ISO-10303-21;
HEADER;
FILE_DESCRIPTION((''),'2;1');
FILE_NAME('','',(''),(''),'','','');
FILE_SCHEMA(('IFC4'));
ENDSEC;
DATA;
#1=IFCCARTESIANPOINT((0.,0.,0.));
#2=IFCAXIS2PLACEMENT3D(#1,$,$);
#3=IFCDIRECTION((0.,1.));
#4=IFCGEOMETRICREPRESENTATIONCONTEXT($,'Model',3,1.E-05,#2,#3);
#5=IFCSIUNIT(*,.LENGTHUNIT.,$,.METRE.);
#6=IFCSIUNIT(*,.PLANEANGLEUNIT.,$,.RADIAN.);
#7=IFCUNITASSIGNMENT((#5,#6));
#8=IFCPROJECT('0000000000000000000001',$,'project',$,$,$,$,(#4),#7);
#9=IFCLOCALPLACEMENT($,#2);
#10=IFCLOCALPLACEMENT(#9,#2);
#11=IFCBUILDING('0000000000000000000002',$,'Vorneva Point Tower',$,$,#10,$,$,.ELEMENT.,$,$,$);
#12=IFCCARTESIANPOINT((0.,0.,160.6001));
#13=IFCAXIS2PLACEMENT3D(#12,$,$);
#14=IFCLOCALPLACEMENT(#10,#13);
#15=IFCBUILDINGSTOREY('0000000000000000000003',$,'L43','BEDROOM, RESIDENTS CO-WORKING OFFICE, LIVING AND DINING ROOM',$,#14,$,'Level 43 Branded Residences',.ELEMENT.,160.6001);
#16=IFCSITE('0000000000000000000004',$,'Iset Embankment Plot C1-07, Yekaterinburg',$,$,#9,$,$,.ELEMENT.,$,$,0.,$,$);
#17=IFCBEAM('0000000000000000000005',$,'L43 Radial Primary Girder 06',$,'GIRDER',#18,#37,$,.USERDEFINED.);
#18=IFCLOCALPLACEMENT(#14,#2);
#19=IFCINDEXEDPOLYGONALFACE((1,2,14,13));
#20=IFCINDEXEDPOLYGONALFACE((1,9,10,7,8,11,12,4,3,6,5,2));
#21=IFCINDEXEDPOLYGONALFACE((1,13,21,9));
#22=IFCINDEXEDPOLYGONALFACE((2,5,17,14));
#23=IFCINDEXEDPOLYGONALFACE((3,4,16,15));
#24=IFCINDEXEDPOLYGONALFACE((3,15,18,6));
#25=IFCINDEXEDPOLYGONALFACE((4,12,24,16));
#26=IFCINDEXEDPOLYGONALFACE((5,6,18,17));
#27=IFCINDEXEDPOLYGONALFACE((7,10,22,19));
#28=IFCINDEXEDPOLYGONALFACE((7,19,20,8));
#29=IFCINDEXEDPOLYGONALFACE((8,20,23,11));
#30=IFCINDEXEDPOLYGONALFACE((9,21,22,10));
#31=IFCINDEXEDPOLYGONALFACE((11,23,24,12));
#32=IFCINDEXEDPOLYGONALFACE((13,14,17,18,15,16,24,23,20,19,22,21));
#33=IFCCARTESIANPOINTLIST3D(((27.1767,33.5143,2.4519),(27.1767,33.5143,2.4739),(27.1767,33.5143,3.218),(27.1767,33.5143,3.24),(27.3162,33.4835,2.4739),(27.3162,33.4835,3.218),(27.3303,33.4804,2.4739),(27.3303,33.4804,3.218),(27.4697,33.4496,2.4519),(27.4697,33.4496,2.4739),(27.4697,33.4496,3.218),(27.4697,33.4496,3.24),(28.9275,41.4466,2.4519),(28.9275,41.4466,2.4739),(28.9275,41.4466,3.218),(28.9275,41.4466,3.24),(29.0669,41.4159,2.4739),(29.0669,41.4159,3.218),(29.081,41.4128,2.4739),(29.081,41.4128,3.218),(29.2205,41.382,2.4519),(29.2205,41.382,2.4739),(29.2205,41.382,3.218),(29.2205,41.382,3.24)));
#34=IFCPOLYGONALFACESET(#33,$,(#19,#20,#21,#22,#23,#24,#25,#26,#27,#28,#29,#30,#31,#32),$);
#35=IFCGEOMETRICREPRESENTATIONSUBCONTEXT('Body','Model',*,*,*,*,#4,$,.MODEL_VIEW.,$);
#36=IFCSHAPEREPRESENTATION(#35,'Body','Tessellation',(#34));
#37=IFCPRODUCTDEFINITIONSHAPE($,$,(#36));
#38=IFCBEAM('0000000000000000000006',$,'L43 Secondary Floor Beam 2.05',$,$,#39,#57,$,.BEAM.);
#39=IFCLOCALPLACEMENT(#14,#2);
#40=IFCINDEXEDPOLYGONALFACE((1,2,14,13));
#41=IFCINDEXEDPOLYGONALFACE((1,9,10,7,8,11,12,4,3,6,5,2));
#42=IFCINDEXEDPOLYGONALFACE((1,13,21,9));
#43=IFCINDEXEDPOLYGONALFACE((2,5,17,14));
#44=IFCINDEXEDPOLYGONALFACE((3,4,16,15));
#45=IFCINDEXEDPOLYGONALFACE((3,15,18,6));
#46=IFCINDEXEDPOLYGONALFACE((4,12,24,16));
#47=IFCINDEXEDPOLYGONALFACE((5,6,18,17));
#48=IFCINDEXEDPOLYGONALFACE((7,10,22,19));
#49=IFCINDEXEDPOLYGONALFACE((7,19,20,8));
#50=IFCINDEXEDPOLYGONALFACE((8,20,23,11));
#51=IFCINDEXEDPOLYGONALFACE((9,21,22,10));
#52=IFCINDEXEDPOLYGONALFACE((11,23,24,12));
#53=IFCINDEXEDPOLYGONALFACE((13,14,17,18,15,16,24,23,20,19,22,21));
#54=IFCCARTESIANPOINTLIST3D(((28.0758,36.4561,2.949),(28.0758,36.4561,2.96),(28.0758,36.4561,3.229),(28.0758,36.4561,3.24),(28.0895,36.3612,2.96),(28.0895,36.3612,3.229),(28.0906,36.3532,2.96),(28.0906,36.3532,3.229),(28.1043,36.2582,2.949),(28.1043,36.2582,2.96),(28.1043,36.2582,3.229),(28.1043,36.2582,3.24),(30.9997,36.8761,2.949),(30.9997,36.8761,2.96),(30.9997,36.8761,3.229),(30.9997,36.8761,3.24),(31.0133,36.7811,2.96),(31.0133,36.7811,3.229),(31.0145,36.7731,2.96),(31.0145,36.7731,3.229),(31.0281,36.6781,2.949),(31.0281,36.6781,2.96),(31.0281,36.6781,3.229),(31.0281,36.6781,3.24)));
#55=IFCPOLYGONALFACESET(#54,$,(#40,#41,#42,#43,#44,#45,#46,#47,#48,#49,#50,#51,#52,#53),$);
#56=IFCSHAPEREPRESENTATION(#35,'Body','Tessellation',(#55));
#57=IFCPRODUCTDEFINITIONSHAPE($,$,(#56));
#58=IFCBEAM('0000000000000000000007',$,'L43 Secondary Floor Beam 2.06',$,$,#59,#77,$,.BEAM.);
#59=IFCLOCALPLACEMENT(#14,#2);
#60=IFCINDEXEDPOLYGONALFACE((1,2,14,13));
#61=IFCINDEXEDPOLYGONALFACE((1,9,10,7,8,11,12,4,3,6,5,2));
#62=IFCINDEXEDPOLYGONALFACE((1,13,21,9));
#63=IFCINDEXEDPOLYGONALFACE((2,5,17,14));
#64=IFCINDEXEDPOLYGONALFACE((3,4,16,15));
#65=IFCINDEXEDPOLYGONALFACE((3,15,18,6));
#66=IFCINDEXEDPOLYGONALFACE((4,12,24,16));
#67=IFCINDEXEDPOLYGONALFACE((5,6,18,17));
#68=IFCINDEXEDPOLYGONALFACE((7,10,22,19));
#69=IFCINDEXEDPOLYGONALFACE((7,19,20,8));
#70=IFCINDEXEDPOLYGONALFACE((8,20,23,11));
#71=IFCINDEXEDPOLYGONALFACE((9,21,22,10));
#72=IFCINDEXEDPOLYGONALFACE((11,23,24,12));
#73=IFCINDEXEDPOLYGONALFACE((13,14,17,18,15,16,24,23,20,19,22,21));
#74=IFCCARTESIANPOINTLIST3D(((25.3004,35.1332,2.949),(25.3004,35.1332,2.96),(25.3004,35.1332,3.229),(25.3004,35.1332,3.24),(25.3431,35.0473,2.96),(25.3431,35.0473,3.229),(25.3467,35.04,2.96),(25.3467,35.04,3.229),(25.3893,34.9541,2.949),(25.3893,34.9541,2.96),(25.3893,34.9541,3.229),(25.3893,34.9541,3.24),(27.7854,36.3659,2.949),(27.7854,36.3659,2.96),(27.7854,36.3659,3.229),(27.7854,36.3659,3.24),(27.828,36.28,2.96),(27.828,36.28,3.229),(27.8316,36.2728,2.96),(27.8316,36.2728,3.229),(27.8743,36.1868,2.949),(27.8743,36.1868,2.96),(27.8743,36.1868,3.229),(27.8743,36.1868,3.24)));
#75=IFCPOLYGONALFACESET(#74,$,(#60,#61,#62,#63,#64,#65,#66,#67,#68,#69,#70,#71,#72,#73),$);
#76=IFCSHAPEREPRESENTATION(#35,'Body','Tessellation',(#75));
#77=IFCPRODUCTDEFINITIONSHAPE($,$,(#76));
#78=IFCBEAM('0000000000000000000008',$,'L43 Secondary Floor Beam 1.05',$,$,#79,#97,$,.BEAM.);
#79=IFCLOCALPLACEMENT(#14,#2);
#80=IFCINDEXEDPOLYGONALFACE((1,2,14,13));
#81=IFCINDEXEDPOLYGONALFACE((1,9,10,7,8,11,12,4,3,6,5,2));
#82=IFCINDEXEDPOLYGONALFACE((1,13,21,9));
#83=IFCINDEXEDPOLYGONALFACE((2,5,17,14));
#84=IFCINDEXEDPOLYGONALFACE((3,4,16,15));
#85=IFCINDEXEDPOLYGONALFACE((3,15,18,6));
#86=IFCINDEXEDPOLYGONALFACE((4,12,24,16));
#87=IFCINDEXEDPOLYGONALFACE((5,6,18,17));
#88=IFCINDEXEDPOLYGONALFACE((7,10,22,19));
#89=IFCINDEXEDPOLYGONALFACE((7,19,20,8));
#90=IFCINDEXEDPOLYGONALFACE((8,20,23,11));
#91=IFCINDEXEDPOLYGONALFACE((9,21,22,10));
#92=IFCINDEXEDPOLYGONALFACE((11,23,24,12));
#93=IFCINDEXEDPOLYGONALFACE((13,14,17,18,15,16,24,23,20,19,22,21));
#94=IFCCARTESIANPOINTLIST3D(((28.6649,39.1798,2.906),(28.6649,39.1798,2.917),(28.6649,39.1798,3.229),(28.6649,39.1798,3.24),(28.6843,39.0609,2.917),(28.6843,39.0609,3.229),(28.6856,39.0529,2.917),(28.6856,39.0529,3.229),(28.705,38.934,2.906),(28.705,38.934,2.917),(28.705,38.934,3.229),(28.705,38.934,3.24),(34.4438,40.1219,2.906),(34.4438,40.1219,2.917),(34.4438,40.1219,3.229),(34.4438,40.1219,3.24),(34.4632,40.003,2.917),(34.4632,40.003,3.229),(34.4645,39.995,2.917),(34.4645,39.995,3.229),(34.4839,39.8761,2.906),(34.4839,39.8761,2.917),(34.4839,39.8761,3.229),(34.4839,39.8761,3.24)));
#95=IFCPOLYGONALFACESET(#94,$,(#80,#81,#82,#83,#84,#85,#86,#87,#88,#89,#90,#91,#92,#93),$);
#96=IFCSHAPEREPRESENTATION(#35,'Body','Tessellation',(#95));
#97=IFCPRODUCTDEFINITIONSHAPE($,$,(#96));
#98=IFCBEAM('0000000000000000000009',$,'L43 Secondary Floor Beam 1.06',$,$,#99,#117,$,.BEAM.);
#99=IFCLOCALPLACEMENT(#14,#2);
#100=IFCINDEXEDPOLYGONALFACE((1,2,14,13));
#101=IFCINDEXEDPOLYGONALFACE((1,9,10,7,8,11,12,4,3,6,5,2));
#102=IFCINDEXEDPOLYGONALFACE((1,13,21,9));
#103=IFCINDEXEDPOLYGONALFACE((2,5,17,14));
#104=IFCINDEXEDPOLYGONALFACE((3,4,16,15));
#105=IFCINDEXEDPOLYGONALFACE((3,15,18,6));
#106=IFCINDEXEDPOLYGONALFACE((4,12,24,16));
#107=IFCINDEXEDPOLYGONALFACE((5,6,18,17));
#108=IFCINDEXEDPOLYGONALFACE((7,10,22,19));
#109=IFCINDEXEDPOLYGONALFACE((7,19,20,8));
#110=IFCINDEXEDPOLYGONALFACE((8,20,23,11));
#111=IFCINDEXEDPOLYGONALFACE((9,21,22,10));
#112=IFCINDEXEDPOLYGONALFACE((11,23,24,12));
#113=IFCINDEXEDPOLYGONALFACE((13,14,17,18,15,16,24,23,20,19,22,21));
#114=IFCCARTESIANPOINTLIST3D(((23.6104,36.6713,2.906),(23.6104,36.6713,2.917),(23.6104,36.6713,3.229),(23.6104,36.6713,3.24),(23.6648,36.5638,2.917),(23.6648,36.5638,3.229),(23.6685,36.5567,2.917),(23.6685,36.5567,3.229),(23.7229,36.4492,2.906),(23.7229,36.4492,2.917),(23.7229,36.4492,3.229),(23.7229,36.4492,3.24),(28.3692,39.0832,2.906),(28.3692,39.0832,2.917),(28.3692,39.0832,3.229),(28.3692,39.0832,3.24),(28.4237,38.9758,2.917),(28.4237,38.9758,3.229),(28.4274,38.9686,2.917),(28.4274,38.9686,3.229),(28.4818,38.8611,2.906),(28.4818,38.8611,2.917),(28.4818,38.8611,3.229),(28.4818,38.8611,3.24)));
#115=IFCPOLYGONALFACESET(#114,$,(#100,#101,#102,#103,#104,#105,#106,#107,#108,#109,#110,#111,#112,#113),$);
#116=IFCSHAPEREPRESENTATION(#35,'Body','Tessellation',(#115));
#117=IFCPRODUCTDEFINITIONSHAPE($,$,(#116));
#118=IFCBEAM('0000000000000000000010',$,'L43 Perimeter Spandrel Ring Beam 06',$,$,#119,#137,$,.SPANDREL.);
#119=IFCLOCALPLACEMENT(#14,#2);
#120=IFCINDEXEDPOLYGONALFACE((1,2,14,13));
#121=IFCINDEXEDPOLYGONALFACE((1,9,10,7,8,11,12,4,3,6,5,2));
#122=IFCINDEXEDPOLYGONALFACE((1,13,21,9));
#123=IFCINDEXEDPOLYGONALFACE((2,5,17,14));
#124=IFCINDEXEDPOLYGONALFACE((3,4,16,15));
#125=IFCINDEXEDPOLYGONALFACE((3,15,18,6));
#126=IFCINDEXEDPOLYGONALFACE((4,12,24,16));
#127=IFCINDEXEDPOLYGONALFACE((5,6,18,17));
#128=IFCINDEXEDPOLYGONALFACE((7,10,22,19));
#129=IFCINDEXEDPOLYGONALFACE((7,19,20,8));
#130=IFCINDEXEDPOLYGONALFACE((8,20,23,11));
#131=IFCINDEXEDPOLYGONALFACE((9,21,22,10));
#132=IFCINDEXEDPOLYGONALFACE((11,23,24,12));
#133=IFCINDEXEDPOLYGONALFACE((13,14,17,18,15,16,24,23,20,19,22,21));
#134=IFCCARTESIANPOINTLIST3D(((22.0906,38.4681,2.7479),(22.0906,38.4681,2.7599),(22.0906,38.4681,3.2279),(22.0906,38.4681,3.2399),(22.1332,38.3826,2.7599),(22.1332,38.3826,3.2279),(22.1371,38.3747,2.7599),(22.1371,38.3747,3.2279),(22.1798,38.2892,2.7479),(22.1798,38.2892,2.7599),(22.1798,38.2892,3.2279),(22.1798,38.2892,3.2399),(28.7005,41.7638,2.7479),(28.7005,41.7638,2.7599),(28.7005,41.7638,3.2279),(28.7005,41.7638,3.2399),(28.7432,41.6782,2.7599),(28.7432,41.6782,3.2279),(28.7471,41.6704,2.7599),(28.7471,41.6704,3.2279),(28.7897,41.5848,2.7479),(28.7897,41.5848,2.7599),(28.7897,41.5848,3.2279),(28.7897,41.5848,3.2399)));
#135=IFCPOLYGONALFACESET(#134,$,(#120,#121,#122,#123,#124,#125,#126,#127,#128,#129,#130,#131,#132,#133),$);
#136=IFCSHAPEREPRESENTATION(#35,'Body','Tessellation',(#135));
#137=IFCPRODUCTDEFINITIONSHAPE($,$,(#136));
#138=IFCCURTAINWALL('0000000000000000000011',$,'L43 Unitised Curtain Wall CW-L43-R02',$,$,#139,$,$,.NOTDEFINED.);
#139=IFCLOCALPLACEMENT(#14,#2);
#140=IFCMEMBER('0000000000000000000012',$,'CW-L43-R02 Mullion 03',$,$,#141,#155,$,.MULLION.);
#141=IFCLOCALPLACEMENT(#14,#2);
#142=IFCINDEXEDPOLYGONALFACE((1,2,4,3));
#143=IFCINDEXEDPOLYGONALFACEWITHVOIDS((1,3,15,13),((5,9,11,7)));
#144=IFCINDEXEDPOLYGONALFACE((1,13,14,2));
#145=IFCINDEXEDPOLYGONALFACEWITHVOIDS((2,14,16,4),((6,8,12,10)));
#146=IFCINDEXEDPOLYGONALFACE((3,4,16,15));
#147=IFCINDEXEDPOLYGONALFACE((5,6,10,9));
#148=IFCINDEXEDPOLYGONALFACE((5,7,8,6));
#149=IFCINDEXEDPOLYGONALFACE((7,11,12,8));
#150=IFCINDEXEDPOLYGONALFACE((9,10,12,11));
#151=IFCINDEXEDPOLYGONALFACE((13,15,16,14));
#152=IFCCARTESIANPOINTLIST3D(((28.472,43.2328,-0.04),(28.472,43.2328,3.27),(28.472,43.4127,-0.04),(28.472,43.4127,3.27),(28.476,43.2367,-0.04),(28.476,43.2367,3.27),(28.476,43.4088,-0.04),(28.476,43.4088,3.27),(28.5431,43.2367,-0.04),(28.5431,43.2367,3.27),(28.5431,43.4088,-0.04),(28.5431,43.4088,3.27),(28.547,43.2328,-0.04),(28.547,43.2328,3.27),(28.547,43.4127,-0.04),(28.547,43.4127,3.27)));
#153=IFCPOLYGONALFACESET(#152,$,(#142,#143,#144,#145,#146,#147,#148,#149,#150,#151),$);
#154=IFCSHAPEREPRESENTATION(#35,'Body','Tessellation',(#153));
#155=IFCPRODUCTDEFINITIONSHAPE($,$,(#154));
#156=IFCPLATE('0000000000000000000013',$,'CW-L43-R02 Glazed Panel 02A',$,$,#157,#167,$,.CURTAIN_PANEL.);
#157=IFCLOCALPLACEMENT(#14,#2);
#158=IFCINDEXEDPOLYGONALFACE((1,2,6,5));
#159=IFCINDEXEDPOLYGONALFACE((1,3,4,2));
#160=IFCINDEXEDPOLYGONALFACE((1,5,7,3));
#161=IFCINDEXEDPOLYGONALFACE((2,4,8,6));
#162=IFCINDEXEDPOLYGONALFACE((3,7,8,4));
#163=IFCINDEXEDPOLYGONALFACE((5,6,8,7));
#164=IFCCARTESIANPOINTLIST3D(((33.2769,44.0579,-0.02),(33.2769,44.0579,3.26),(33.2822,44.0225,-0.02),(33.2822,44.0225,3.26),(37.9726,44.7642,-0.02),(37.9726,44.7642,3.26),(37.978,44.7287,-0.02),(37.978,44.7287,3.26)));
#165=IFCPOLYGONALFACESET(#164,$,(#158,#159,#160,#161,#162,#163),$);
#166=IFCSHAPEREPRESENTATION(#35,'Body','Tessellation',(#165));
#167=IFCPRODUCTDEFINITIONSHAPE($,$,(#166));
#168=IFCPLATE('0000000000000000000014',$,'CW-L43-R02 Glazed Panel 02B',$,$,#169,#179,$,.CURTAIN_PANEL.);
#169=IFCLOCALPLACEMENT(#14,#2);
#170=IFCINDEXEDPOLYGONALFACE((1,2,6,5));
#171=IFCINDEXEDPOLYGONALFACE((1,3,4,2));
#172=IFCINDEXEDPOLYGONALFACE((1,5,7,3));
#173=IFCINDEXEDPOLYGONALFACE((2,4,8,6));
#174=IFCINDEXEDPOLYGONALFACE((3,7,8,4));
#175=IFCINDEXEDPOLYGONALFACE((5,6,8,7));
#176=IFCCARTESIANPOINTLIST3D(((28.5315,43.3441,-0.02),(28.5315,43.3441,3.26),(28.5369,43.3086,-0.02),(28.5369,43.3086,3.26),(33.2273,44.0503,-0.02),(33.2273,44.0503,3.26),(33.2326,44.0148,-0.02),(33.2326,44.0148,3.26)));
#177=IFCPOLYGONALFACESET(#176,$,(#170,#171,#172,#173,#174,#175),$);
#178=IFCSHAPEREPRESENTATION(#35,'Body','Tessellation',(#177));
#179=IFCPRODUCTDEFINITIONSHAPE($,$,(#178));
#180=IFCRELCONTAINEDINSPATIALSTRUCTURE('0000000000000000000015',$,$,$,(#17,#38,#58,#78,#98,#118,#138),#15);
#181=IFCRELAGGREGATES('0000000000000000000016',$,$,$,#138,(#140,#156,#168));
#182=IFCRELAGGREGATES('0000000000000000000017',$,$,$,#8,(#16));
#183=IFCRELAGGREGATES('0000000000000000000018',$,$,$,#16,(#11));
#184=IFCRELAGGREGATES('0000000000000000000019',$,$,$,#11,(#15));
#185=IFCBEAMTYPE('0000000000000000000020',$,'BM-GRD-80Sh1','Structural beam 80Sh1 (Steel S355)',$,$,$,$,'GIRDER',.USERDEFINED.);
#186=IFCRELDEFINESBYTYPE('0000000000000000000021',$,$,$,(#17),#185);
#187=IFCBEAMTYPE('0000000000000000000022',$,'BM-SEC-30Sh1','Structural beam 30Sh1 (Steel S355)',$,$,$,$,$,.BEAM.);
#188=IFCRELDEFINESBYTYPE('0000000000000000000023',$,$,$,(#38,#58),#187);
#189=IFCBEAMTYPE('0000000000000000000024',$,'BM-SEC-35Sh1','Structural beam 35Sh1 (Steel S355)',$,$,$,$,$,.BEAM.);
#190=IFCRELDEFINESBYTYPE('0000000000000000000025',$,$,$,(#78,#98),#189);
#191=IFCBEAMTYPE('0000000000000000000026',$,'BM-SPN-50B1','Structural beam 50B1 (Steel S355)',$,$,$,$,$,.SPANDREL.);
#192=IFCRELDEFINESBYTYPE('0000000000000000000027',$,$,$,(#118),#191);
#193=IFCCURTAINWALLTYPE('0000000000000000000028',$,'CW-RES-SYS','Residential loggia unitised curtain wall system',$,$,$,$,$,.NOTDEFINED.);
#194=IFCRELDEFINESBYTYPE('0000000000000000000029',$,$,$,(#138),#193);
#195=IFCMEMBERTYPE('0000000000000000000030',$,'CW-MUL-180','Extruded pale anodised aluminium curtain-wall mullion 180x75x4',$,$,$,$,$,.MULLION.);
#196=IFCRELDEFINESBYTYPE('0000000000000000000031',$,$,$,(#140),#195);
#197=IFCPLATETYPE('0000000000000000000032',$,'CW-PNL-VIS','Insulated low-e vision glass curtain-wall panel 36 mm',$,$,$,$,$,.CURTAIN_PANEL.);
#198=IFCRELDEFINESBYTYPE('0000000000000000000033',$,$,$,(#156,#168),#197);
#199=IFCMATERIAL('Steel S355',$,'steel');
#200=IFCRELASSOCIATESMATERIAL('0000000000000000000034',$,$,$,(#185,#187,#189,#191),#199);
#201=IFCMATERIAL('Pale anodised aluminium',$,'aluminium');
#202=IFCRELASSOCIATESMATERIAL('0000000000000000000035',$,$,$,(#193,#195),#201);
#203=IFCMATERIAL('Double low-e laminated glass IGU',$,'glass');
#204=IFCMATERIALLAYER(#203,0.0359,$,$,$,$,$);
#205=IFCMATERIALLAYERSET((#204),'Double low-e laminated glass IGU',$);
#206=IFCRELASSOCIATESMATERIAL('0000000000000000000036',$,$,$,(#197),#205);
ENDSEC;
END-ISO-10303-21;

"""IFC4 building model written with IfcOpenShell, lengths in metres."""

from ifc_helpers import new_model, si_unit, direction, frame, origin, origin_2d, place, context, subcontext, project, spatial, rectangle, hollow_rectangle, i_section, extrude, material, layer, layer_set, material_profile, profile_set, type_object, element, aggregate, save


model = new_model("IFC4")

# Units and contexts
model_context = context("Model", 3, precision=1e-05, world=origin(), true_north=direction((0.0, 1.0)))
body_context = subcontext(model_context, "Body", "Model", "MODEL_VIEW")
ifc_project = project(units=[si_unit("LENGTHUNIT", "METRE"), si_unit("PLANEANGLEUNIT", "RADIAN")], contexts=[model_context])

# Site, building, storey
site_placement = place(None, origin())
site = spatial("IfcSite", under=ifc_project, at=site_placement, Name="Iset Embankment Plot C1-07, Yekaterinburg", CompositionType="ELEMENT", RefElevation=0.0)
building_placement = place(site_placement, origin())
building = spatial("IfcBuilding", under=site, at=building_placement, Name="Vorneva Point Tower", CompositionType="ELEMENT")
storey_placement = place(building_placement, frame((0.0, 0.0, 160.6001)))
storey = spatial("IfcBuildingStorey", under=building, at=storey_placement, Name="L43", Description="BEDROOM, RESIDENTS CO-WORKING OFFICE, LIVING AND DINING ROOM", LongName="Level 43 Branded Residences", CompositionType="ELEMENT", Elevation=160.6001)

# Beams
ifc_material_1 = material(Name="Steel S355", Category="steel")
ifc_material_profile_1 = material_profile(ifc_material_1, i_section(OverallWidth=0.3, OverallDepth=0.7881, WebThickness=0.0144, FlangeThickness=0.022, at=origin_2d()), Name="80Sh1")
ifc_profile_set_1 = profile_set([ifc_material_profile_1], Name="Steel S355")
beam_type_1 = type_object("IfcBeamType", Name="BM-GRD-80Sh1", Description="Structural beam 80Sh1 (Steel S355)", ElementType="GIRDER", PredefinedType="USERDEFINED", material=ifc_profile_set_1)
beam_1_placement = place(storey_placement, frame((29.074, 41.4143, 2.8459), z_axis=(-0.215521, -0.976499, 0.0), x_axis=(0.976499, -0.215521, 0.0)))
element("IfcBeam", 1, at=beam_1_placement, inside=storey, type_object=beam_type_1, Name="L43 Radial Primary Girder 06", ObjectType="GIRDER", PredefinedType="USERDEFINED", context=body_context, shape_type="SweptSolid", body=[
    extrude(i_section(OverallWidth=0.3, OverallDepth=0.7881, WebThickness=0.0144, FlangeThickness=0.022, at=origin_2d()), origin(), (0.0, 0.0, 1.0), 8.1233),
])
ifc_material_profile_2 = material_profile(ifc_material_1, i_section(OverallWidth=0.2, OverallDepth=0.291, WebThickness=0.0081, FlangeThickness=0.011, at=origin_2d()), Name="30Sh1")
ifc_profile_set_2 = profile_set([ifc_material_profile_2], Name="Steel S355")
beam_type_2 = type_object("IfcBeamType", Name="BM-SEC-30Sh1", Description="Structural beam 30Sh1 (Steel S355)", PredefinedType="BEAM", material=ifc_profile_set_2)
beam_2_placement = place(storey_placement, frame((31.0139, 36.7771, 3.0945), z_axis=(-0.989843, -0.142162, 0.0), x_axis=(0.142162, -0.989843, 0.0)))
element("IfcBeam", 2, at=beam_2_placement, inside=storey, type_object=beam_type_2, Name="L43 Secondary Floor Beam 2.05", PredefinedType="BEAM", context=body_context, shape_type="SweptSolid", body=[
    extrude(i_section(OverallWidth=0.2, OverallDepth=0.291, WebThickness=0.0081, FlangeThickness=0.011, at=origin_2d()), origin(), (0.0, 0.0, 1.0), 2.9539),
])
beam_3_placement = place(storey_placement, frame((27.8298, 36.2764, 3.0945), z_axis=(-0.895831, -0.444395, 0.0), x_axis=(0.444395, -0.895831, 0.0)))
element("IfcBeam", 3, at=beam_3_placement, inside=storey, type_object=beam_type_2, Name="L43 Secondary Floor Beam 2.06", PredefinedType="BEAM", context=body_context, shape_type="SweptSolid", body=[
    extrude(i_section(OverallWidth=0.2, OverallDepth=0.291, WebThickness=0.0081, FlangeThickness=0.011, at=origin_2d()), origin(), (0.0, 0.0, 1.0), 2.7739),
])
ifc_material_profile_3 = material_profile(ifc_material_1, i_section(OverallWidth=0.249, OverallDepth=0.334, WebThickness=0.0081, FlangeThickness=0.011, at=origin_2d()), Name="35Sh1")
ifc_profile_set_3 = profile_set([ifc_material_profile_3], Name="Steel S355")
beam_type_3 = type_object("IfcBeamType", Name="BM-SEC-35Sh1", Description="Structural beam 35Sh1 (Steel S355)", PredefinedType="BEAM", material=ifc_profile_set_3)
beam_4_placement = place(storey_placement, frame((34.4639, 39.999, 3.073), z_axis=(-0.98697, -0.160902, 0.0), x_axis=(0.160902, -0.98697, 0.0)))
element("IfcBeam", 4, at=beam_4_placement, inside=storey, type_object=beam_type_3, Name="L43 Secondary Floor Beam 1.05", PredefinedType="BEAM", context=body_context, shape_type="SweptSolid", body=[
    extrude(i_section(OverallWidth=0.249, OverallDepth=0.334, WebThickness=0.0081, FlangeThickness=0.011, at=origin_2d()), origin(), (0.0, 0.0, 1.0), 5.8552),
])
beam_5_placement = place(storey_placement, frame((28.4255, 38.9722, 3.073), z_axis=(-0.891979, -0.452076, 0.0), x_axis=(0.452076, -0.891979, 0.0)))
element("IfcBeam", 5, at=beam_5_placement, inside=storey, type_object=beam_type_3, Name="L43 Secondary Floor Beam 1.06", PredefinedType="BEAM", context=body_context, shape_type="SweptSolid", body=[
    extrude(i_section(OverallWidth=0.249, OverallDepth=0.334, WebThickness=0.0081, FlangeThickness=0.011, at=origin_2d()), origin(), (0.0, 0.0, 1.0), 5.3352),
])
ifc_material_profile_4 = material_profile(ifc_material_1, i_section(OverallWidth=0.2, OverallDepth=0.4919, WebThickness=0.0088, FlangeThickness=0.012, at=origin_2d()), Name="50B1")
ifc_profile_set_4 = profile_set([ifc_material_profile_4], Name="Steel S355")
beam_type_4 = type_object("IfcBeamType", Name="BM-SPN-50B1", Description="Structural beam 50B1 (Steel S355)", PredefinedType="SPANDREL", material=ifc_profile_set_4)
beam_6_placement = place(storey_placement, frame((28.7451, 41.6743, 2.9939), z_axis=(-0.894929, -0.446208, 0.0), x_axis=(0.446208, -0.894929, 0.0)))
element("IfcBeam", 6, at=beam_6_placement, inside=storey, type_object=beam_type_4, Name="L43 Perimeter Spandrel Ring Beam 06", PredefinedType="SPANDREL", context=body_context, shape_type="SweptSolid", body=[
    extrude(i_section(OverallWidth=0.2, OverallDepth=0.4919, WebThickness=0.0088, FlangeThickness=0.012, at=origin_2d()), origin(), (0.0, 0.0, 1.0), 7.386),
])

# Curtain wall, member, plates
ifc_material_2 = material(Name="Pale anodised aluminium", Category="aluminium")
curtain_wall_type = type_object("IfcCurtainWallType", Name="CW-RES-SYS", Description="Residential loggia unitised curtain wall system", PredefinedType="NOTDEFINED", material=ifc_material_2)
curtain_wall_placement = place(storey_placement, origin())
curtain_wall = element("IfcCurtainWall", 7, at=curtain_wall_placement, inside=storey, type_object=curtain_wall_type, Name="L43 Unitised Curtain Wall CW-L43-R02", PredefinedType="NOTDEFINED")
ifc_material_profile_5 = material_profile(ifc_material_2, hollow_rectangle(XDim=0.075, YDim=0.1799, WallThickness=0.0039, at=origin_2d()), Name="AL-MUL 180x75x4")
ifc_profile_set_5 = profile_set([ifc_material_profile_5], Name="Pale anodised aluminium")
member_type = type_object("IfcMemberType", Name="CW-MUL-180", Description="Extruded pale anodised aluminium curtain-wall mullion 180x75x4", PredefinedType="MULLION", material=ifc_profile_set_5)
member_placement = place(storey_placement, frame((28.5095, 43.3228, -0.04), z_axis=(0.0, 0.0, 1.0), x_axis=(1.0, 0.0, 0.0)))
member = element("IfcMember", 8, at=member_placement, type_object=member_type, Name="CW-L43-R02 Mullion 03", PredefinedType="MULLION", context=body_context, shape_type="SweptSolid", body=[
    extrude(hollow_rectangle(XDim=0.075, YDim=0.1799, WallThickness=0.0039, at=origin_2d()), origin(), (0.0, 0.0, 1.0), 3.3101),
])
ifc_material_3 = material(Name="Double low-e laminated glass IGU", Category="glass")
ifc_layer_1 = layer(ifc_material_3, 0.0359)
ifc_layer_set_1 = layer_set([ifc_layer_1], Name="Double low-e laminated glass IGU")
plate_type = type_object("IfcPlateType", Name="CW-PNL-VIS", Description="Insulated low-e vision glass curtain-wall panel 36 mm", PredefinedType="CURTAIN_PANEL", material=ifc_layer_set_1)
plate_1_placement = place(storey_placement, frame((35.6274, 44.3933, -0.02), z_axis=(0.0, 0.0, 1.0), x_axis=(-0.988879, -0.148724, 0.0)))
plate_1 = element("IfcPlate", 9, at=plate_1_placement, type_object=plate_type, Name="CW-L43-R02 Glazed Panel 02A", PredefinedType="CURTAIN_PANEL", context=body_context, shape_type="SweptSolid", body=[
    extrude(rectangle(XDim=4.7485, YDim=0.0359, at=origin_2d()), origin(), (0.0, 0.0, 1.0), 3.28),
])
plate_2_placement = place(storey_placement, frame((30.8821, 43.6794, -0.02), z_axis=(0.0, 0.0, 1.0), x_axis=(-0.988879, -0.148724, 0.0)))
plate_2 = element("IfcPlate", 10, at=plate_2_placement, type_object=plate_type, Name="CW-L43-R02 Glazed Panel 02B", PredefinedType="CURTAIN_PANEL", context=body_context, shape_type="SweptSolid", body=[
    extrude(rectangle(XDim=4.7485, YDim=0.0359, at=origin_2d()), origin(), (0.0, 0.0, 1.0), 3.28),
])
aggregate(curtain_wall, [member, plate_1, plate_2])

save(model, "model.ifc")
